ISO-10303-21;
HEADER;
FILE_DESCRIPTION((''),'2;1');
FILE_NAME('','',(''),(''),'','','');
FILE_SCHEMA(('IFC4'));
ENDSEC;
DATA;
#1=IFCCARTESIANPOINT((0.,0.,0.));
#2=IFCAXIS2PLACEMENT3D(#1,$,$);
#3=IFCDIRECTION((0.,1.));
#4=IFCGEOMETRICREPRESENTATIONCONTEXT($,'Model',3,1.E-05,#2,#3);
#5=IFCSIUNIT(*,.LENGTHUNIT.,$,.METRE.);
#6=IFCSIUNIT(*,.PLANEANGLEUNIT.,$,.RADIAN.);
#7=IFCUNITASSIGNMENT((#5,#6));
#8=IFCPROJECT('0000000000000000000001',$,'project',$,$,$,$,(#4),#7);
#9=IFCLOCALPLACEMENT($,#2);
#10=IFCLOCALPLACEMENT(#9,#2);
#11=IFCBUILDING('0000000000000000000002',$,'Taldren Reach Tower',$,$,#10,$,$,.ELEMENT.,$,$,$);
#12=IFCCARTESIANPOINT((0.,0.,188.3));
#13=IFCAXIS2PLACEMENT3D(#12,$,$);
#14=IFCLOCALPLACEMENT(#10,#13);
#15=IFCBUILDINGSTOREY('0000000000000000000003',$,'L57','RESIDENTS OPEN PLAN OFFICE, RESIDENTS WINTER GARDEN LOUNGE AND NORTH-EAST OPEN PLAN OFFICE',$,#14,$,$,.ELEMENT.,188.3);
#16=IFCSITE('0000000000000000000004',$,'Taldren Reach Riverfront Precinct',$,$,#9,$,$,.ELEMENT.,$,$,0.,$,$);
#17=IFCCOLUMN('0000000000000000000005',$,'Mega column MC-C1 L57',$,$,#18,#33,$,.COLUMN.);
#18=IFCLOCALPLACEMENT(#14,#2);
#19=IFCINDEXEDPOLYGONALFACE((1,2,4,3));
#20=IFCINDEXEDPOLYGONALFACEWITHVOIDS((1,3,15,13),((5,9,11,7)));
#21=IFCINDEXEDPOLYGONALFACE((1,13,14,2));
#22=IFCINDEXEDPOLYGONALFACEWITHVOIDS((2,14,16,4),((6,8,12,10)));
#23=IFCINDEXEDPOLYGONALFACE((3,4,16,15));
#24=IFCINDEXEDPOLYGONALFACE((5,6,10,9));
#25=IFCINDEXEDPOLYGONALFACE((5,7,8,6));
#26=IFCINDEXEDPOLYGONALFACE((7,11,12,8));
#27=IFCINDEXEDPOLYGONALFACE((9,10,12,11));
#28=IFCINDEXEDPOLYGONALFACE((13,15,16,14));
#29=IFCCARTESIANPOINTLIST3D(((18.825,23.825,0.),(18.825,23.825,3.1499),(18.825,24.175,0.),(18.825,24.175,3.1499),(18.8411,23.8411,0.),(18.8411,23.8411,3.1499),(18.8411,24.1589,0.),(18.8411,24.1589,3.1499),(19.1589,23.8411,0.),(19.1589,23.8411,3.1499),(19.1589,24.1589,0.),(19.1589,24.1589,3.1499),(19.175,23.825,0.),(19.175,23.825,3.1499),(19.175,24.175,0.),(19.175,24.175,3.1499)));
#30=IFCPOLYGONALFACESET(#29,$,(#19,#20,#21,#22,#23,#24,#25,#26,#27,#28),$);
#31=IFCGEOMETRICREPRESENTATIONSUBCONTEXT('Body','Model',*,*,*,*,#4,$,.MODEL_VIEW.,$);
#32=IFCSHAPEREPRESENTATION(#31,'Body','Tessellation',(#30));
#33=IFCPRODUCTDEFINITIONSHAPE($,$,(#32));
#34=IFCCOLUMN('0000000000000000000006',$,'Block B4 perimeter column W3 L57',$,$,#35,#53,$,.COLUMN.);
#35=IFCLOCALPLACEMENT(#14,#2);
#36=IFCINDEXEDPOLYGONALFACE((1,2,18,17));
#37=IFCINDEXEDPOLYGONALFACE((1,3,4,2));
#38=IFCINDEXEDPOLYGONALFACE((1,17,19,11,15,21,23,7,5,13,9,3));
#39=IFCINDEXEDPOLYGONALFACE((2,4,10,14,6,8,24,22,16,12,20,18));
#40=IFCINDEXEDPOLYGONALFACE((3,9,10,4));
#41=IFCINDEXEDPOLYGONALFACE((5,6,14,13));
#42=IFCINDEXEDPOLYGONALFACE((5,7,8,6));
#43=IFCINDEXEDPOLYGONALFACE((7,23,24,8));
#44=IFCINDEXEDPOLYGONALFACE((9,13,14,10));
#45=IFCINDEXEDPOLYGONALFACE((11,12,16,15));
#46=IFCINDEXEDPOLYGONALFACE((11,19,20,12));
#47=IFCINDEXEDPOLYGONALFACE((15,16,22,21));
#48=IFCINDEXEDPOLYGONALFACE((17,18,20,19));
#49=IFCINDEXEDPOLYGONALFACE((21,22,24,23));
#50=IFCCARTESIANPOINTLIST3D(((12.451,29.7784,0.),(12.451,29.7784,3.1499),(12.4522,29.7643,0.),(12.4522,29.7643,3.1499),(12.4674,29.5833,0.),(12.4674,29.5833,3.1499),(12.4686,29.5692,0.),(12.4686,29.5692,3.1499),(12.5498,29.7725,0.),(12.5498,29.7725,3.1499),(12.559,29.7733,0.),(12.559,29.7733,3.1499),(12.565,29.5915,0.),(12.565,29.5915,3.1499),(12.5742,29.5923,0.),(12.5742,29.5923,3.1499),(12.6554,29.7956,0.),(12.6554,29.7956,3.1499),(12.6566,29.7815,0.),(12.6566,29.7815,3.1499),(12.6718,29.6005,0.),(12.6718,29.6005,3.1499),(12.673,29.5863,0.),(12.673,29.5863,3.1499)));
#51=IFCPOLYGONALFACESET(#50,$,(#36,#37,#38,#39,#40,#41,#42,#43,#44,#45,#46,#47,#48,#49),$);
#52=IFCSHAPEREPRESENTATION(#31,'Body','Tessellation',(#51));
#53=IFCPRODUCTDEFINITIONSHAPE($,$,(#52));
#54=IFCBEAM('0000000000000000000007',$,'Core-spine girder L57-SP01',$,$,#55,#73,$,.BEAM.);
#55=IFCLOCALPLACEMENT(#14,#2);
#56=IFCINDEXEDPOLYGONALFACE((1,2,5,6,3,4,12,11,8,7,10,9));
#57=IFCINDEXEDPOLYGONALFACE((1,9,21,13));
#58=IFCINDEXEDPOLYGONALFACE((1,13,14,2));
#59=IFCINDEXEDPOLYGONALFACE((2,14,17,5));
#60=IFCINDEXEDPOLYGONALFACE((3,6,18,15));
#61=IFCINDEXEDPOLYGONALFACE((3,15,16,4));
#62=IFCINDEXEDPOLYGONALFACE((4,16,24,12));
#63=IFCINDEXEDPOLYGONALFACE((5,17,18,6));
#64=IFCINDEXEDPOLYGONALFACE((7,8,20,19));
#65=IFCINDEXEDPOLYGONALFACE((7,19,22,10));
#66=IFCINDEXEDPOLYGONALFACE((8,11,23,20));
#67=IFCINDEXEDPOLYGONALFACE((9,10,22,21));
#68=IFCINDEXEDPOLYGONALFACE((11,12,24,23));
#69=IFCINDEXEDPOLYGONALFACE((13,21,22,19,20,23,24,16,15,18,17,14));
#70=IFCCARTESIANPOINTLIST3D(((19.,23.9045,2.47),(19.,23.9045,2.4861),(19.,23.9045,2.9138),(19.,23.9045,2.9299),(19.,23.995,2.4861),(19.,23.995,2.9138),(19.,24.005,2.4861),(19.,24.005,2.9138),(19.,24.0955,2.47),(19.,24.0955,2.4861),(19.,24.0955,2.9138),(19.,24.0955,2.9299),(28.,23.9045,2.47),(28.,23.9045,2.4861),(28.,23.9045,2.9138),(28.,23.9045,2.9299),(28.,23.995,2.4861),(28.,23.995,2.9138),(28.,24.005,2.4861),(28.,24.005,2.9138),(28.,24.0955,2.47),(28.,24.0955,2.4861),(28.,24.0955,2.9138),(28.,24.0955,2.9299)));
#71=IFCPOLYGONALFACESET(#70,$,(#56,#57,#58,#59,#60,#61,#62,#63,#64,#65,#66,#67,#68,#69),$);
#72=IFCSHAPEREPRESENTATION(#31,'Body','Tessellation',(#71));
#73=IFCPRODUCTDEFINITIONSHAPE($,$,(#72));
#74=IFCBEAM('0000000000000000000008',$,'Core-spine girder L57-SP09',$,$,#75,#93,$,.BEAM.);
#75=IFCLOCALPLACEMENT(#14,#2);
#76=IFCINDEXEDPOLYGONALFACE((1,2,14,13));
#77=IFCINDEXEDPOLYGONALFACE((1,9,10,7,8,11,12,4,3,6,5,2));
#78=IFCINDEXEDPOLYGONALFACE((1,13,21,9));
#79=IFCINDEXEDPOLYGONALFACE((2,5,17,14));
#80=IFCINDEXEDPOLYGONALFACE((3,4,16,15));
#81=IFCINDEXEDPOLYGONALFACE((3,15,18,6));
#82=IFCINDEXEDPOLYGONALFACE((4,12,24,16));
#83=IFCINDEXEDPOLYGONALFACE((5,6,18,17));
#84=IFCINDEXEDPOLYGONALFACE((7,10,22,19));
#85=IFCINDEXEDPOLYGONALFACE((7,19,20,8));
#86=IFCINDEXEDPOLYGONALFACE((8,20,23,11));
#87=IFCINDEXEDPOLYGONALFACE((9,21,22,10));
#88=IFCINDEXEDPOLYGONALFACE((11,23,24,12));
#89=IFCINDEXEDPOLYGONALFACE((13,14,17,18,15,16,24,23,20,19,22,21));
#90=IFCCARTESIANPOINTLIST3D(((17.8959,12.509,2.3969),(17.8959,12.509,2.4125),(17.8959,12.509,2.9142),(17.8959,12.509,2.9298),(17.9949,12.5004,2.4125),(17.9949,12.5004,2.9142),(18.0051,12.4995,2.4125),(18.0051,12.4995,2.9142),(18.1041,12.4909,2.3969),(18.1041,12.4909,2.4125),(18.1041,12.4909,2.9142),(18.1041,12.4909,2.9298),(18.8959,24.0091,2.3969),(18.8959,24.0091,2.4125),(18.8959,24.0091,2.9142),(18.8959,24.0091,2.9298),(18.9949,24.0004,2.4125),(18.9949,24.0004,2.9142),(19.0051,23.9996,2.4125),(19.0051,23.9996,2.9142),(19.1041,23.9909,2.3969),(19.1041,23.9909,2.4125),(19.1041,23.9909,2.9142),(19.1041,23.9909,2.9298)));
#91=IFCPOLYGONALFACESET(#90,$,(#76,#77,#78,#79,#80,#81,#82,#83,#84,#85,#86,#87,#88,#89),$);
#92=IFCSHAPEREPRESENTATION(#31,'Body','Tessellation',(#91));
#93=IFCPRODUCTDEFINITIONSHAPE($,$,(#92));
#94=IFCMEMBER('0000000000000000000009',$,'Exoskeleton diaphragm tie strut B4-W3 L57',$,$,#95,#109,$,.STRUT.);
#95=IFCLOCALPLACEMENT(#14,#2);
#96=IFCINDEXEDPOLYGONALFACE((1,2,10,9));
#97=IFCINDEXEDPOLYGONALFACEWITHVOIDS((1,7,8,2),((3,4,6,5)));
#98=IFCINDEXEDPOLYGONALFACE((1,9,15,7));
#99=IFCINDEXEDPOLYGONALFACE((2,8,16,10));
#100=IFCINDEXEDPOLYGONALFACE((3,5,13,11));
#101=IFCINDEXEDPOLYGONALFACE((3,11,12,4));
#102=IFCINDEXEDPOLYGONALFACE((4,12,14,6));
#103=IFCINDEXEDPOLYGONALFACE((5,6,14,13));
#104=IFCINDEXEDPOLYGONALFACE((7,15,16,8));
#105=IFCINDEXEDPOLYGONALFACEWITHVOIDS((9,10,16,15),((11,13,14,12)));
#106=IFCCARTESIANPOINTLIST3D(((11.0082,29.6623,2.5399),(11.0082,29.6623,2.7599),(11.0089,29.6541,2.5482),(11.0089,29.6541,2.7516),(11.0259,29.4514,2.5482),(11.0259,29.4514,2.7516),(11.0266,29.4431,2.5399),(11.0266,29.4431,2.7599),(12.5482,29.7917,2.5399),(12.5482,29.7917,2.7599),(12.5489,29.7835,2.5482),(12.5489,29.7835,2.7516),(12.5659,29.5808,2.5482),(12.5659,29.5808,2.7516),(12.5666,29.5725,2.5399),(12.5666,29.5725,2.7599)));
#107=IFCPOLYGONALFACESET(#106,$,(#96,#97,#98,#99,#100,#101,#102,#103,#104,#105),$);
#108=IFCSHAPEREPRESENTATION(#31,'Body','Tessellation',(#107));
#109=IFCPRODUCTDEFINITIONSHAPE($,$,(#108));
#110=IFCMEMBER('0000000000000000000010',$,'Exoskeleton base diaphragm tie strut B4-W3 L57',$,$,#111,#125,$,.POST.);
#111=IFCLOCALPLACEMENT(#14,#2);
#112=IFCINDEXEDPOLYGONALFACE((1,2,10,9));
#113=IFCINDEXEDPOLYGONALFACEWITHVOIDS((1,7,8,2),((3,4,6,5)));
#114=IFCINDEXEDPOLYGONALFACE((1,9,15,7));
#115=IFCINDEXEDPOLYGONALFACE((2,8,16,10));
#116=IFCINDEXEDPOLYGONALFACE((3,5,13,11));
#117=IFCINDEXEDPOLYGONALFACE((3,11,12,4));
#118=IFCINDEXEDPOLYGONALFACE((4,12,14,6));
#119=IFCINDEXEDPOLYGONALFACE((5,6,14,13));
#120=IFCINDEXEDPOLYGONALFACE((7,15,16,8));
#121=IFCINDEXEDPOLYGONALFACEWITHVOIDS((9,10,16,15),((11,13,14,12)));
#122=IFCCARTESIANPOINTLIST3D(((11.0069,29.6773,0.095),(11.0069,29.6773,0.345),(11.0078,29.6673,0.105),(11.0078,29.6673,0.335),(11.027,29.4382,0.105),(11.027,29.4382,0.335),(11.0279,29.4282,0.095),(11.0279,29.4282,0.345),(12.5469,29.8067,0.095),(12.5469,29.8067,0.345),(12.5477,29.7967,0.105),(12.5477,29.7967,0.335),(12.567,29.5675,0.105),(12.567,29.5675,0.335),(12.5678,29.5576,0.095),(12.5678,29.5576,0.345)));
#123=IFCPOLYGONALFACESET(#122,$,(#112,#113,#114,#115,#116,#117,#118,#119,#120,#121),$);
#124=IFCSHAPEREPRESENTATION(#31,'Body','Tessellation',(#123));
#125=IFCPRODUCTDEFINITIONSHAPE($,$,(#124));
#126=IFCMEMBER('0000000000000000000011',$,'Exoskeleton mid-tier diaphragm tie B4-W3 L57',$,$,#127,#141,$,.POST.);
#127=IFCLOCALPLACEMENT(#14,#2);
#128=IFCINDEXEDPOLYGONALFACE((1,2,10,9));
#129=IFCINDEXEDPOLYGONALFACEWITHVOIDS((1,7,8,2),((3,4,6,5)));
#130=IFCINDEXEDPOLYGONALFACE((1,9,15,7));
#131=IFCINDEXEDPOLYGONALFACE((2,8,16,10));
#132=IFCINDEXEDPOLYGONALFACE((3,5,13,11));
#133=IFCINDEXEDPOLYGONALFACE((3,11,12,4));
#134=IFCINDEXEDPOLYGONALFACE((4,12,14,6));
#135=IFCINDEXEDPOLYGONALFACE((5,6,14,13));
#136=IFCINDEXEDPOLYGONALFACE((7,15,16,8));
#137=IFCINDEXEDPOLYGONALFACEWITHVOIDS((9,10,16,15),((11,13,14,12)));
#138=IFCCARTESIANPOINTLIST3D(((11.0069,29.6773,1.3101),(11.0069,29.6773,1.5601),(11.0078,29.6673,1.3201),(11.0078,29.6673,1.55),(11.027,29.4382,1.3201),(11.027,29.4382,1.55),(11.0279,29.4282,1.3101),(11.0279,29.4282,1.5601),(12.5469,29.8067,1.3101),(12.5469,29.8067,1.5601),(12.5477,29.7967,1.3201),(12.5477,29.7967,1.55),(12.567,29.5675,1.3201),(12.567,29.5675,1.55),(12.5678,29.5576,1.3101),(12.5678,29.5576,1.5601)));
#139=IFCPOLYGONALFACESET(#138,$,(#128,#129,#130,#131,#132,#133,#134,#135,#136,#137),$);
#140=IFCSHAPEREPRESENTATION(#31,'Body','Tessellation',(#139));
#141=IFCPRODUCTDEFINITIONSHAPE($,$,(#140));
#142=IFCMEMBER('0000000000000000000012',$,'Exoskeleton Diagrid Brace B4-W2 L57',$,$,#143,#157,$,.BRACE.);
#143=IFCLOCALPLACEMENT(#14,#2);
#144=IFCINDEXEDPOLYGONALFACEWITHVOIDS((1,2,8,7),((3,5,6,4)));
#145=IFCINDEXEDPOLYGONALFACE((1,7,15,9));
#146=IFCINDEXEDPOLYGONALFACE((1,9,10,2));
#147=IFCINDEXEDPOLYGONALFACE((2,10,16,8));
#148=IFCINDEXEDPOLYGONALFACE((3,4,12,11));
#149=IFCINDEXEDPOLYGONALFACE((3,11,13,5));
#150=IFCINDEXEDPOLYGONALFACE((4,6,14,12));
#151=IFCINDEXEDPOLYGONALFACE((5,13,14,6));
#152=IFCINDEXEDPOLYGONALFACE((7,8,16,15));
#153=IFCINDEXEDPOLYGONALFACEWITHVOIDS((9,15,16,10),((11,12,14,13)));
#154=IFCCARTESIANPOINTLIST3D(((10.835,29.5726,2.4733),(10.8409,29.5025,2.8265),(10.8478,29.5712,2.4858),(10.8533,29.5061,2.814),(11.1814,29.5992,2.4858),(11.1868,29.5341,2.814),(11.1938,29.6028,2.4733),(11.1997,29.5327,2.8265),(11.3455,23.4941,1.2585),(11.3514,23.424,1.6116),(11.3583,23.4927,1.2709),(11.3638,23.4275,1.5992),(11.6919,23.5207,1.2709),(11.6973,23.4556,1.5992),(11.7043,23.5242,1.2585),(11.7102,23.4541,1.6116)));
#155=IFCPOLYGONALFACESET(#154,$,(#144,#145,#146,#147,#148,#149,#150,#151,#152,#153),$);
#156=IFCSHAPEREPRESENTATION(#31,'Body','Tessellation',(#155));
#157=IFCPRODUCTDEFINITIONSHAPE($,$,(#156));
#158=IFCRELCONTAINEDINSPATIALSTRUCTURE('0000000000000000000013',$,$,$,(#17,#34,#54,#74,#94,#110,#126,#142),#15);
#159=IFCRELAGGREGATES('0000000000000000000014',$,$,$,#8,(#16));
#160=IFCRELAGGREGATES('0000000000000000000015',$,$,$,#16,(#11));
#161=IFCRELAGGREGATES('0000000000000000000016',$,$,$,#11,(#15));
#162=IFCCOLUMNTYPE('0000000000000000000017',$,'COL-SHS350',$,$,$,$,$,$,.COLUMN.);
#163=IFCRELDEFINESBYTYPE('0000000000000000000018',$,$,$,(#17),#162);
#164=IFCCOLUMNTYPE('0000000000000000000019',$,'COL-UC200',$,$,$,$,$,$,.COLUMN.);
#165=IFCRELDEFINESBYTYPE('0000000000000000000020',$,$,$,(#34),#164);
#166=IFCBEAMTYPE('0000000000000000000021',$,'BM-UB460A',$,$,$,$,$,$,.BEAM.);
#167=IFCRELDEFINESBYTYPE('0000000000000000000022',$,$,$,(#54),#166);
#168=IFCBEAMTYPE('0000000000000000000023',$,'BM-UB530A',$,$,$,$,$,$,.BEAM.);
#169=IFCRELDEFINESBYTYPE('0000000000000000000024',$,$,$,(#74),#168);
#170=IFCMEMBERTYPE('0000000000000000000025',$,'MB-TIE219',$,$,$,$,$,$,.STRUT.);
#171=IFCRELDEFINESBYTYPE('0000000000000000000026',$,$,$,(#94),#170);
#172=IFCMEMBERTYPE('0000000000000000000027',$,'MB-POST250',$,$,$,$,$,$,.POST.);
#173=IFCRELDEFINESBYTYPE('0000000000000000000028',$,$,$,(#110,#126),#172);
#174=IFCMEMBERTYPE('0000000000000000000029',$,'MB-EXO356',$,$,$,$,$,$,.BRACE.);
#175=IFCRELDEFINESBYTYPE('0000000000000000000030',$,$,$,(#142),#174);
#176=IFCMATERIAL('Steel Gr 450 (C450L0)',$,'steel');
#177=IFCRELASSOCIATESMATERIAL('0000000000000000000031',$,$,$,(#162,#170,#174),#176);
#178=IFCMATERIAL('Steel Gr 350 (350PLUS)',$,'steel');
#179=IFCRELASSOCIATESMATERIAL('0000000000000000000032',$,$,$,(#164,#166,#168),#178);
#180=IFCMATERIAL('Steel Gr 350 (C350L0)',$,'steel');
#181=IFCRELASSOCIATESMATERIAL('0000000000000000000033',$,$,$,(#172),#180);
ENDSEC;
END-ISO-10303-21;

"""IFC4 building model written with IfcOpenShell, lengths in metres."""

from ifc_helpers import new_model, si_unit, direction, frame, origin, origin_2d, place, context, subcontext, project, spatial, hollow_rectangle, i_section, extrude, source, transform, mapped, material, material_profile, profile_set, type_object, element, save


model = new_model("IFC4")

# Units and contexts
model_context = context("Model", 3, precision=1e-05, world=origin(), true_north=direction((0.0, 1.0)))
body_context = subcontext(model_context, "Body", "Model", "MODEL_VIEW")
ifc_project = project(units=[si_unit("LENGTHUNIT", "METRE"), si_unit("PLANEANGLEUNIT", "RADIAN")], contexts=[model_context])

# Site, building, storey
site_placement = place(None, origin())
site = spatial("IfcSite", under=ifc_project, at=site_placement, Name="Taldren Reach Riverfront Precinct", CompositionType="ELEMENT", RefElevation=0.0)
building_placement = place(site_placement, origin())
building = spatial("IfcBuilding", under=site, at=building_placement, Name="Taldren Reach Tower", CompositionType="ELEMENT")
storey_placement = place(building_placement, frame((0.0, 0.0, 188.3)))
storey = spatial("IfcBuildingStorey", under=building, at=storey_placement, Name="L57", Description="RESIDENTS OPEN PLAN OFFICE, RESIDENTS WINTER GARDEN LOUNGE AND NORTH-EAST OPEN PLAN OFFICE", CompositionType="ELEMENT", Elevation=188.3)

# Columns
ifc_material_1 = material(Name="Steel Gr 450 (C450L0)", Category="steel")
ifc_material_profile_1 = material_profile(ifc_material_1, hollow_rectangle(XDim=0.3501, YDim=0.3501, WallThickness=0.0161, at=origin_2d()), Name="350x350x16.0SHS")
ifc_profile_set_1 = profile_set([ifc_material_profile_1], Name="Steel Gr 450 (C450L0)")
column_type_1 = type_object("IfcColumnType", Name="COL-SHS350", PredefinedType="COLUMN", material=ifc_profile_set_1)
shared_shape_1 = source(origin(), body_context, "Body", "SweptSolid", [
    extrude(hollow_rectangle(XDim=0.3501, YDim=0.3501, WallThickness=0.0161, at=origin_2d()), origin(), (0.0, 0.0, 1.0), 3.1499),
])
column_1_placement = place(storey_placement, frame((19.0, 24.0, 0.0), z_axis=(0.0, 0.0, 1.0), x_axis=(1.0, 0.0, 0.0)))
element("IfcColumn", 1, at=column_1_placement, inside=storey, type_object=column_type_1, Name="Mega column MC-C1 L57", PredefinedType="COLUMN", context=body_context, shape_type="MappedRepresentation", body=[
    mapped(shared_shape_1, transform((0.0, 0.0, 0.0), scale=1.0)),
])
ifc_material_2 = material(Name="Steel Gr 350 (350PLUS)", Category="steel")
ifc_material_profile_2 = material_profile(ifc_material_2, i_section(OverallWidth=0.2051, OverallDepth=0.21, WebThickness=0.0093, FlangeThickness=0.0142, at=origin_2d()), Name="200UC59.5")
ifc_profile_set_2 = profile_set([ifc_material_profile_2], Name="Steel Gr 350 (350PLUS)")
column_type_2 = type_object("IfcColumnType", Name="COL-UC200", PredefinedType="COLUMN", material=ifc_profile_set_2)
shared_shape_2 = source(origin(), body_context, "Body", "SweptSolid", [
    extrude(i_section(OverallWidth=0.2051, OverallDepth=0.21, WebThickness=0.0093, FlangeThickness=0.0142, at=origin_2d()), origin(), (0.0, 0.0, 1.0), 3.1499),
])
column_2_placement = place(storey_placement, frame((12.562, 29.6824, 0.0), z_axis=(0.0, 0.0, 1.0), x_axis=(0.996493, 0.083678, 0.0)))
element("IfcColumn", 2, at=column_2_placement, inside=storey, type_object=column_type_2, Name="Block B4 perimeter column W3 L57", PredefinedType="COLUMN", context=body_context, shape_type="MappedRepresentation", body=[
    mapped(shared_shape_2, transform((0.0, 0.0, 0.0), scale=1.0)),
])

# Beams
ifc_material_profile_3 = material_profile(ifc_material_2, i_section(OverallWidth=0.1909, OverallDepth=0.46, WebThickness=0.01, FlangeThickness=0.0161, at=origin_2d()), Name="460UB82.1")
ifc_profile_set_3 = profile_set([ifc_material_profile_3], Name="Steel Gr 350 (350PLUS)")
beam_type_1 = type_object("IfcBeamType", Name="BM-UB460A", PredefinedType="BEAM", material=ifc_profile_set_3)
shared_shape_3 = source(origin(), body_context, "Body", "SweptSolid", [
    extrude(i_section(OverallWidth=0.1909, OverallDepth=0.46, WebThickness=0.01, FlangeThickness=0.0161, at=origin_2d()), origin(), (0.0, 0.0, 1.0), 9.0),
])
beam_1_placement = place(storey_placement, frame((19.0, 24.0, 2.7), z_axis=(1.0, 0.0, 0.0), x_axis=(0.0, 1.0, 0.0)))
element("IfcBeam", 3, at=beam_1_placement, inside=storey, type_object=beam_type_1, Name="Core-spine girder L57-SP01", PredefinedType="BEAM", context=body_context, shape_type="MappedRepresentation", body=[
    mapped(shared_shape_3, transform((0.0, 0.0, 0.0), scale=1.0)),
])
ifc_material_profile_4 = material_profile(ifc_material_2, i_section(OverallWidth=0.209, OverallDepth=0.533, WebThickness=0.0103, FlangeThickness=0.0156, at=origin_2d()), Name="530UB92.4")
ifc_profile_set_4 = profile_set([ifc_material_profile_4], Name="Steel Gr 350 (350PLUS)")
beam_type_2 = type_object("IfcBeamType", Name="BM-UB530A", PredefinedType="BEAM", material=ifc_profile_set_4)
shared_shape_4 = source(origin(), body_context, "Body", "SweptSolid", [
    extrude(i_section(OverallWidth=0.209, OverallDepth=0.533, WebThickness=0.0103, FlangeThickness=0.0156, at=origin_2d()), origin(), (0.0, 0.0, 1.0), 11.5435),
])
beam_2_placement = place(storey_placement, frame((19.0, 24.0, 2.6633), z_axis=(-0.08663, -0.996241, 0.0), x_axis=(0.996241, -0.08663, 0.0)))
element("IfcBeam", 4, at=beam_2_placement, inside=storey, type_object=beam_type_2, Name="Core-spine girder L57-SP09", PredefinedType="BEAM", context=body_context, shape_type="MappedRepresentation", body=[
    mapped(shared_shape_4, transform((0.0, 0.0, 0.0), scale=1.0)),
])

# Members
ifc_material_profile_5 = material_profile(ifc_material_1, hollow_rectangle(XDim=0.22, YDim=0.22, WallThickness=0.0083, at=origin_2d()), Name="220x220x8.2SHS")
ifc_profile_set_5 = profile_set([ifc_material_profile_5], Name="Steel Gr 450 (C450L0)")
member_type_1 = type_object("IfcMemberType", Name="MB-TIE219", PredefinedType="STRUT", material=ifc_profile_set_5)
shared_shape_5 = source(origin(), body_context, "Body", "SweptSolid", [
    extrude(hollow_rectangle(XDim=0.22, YDim=0.22, WallThickness=0.0083, at=origin_2d()), origin(), (0.0, 0.0, 1.0), 1.5454),
])
member_1_placement = place(storey_placement, frame((12.5574, 29.6821, 2.6499), z_axis=(-0.996489, -0.083725, 0.0), x_axis=(0.083725, -0.996489, 0.0)))
element("IfcMember", 5, at=member_1_placement, inside=storey, type_object=member_type_1, Name="Exoskeleton diaphragm tie strut B4-W3 L57", PredefinedType="STRUT", context=body_context, shape_type="MappedRepresentation", body=[
    mapped(shared_shape_5, transform((0.0, 0.0, 0.0), scale=1.0)),
])
ifc_material_3 = material(Name="Steel Gr 350 (C350L0)", Category="steel")
ifc_material_profile_6 = material_profile(ifc_material_3, hollow_rectangle(XDim=0.25, YDim=0.25, WallThickness=0.01, at=origin_2d()), Name="250x250x10.0SHS")
ifc_profile_set_6 = profile_set([ifc_material_profile_6], Name="Steel Gr 350 (C350L0)")
member_type_2 = type_object("IfcMemberType", Name="MB-POST250", PredefinedType="POST", material=ifc_profile_set_6)
shared_shape_6 = source(origin(), body_context, "Body", "SweptSolid", [
    extrude(hollow_rectangle(XDim=0.25, YDim=0.25, WallThickness=0.01, at=origin_2d()), origin(), (0.0, 0.0, 1.0), 1.5454),
])
for number, where, z_axis, x_axis, name in (
    (6, (12.5574, 29.6821, 0.22), (-0.996489, -0.083725, 0.0), (0.083725, -0.996489, 0.0), "Exoskeleton base diaphragm tie strut B4-W3 L57"),
    (7, (12.5574, 29.6821, 1.4351), (-0.996489, -0.083725, 0.0), (0.083725, -0.996489, 0.0), "Exoskeleton mid-tier diaphragm tie B4-W3 L57"),
):
    element("IfcMember", number, at=place(storey_placement, frame(where, z_axis=z_axis, x_axis=x_axis)), inside=storey, type_object=member_type_2, Name=name, PredefinedType="POST", context=body_context, shape_type="MappedRepresentation", body=[
        mapped(shared_shape_6, transform((0.0, 0.0, 0.0), scale=1.0)),
    ])
ifc_material_profile_7 = material_profile(ifc_material_1, hollow_rectangle(XDim=0.3601, YDim=0.3601, WallThickness=0.0127, at=origin_2d()), Name="360x360x12.7SHS")
ifc_profile_set_7 = profile_set([ifc_material_profile_7], Name="Steel Gr 450 (C450L0)")
member_type_3 = type_object("IfcMemberType", Name="MB-EXO356", PredefinedType="BRACE", material=ifc_profile_set_7)
shared_shape_7 = source(origin(), body_context, "Body", "SweptSolid", [
    extrude(hollow_rectangle(XDim=0.3601, YDim=0.3601, WallThickness=0.0127, at=origin_2d()), origin(), (0.0, 0.0, 1.0), 6.2197),
])
member_2_placement = place(storey_placement, frame((11.5278, 23.4741, 1.4351), z_axis=(-0.082076, 0.977299, 0.195319), x_axis=(-0.996492, -0.083688, 0.0)))
element("IfcMember", 8, at=member_2_placement, inside=storey, type_object=member_type_3, Name="Exoskeleton Diagrid Brace B4-W2 L57", PredefinedType="BRACE", context=body_context, shape_type="MappedRepresentation", body=[
    mapped(shared_shape_7, transform((0.0, 0.0, 0.0), scale=1.0)),
])

save(model, "model.ifc")
